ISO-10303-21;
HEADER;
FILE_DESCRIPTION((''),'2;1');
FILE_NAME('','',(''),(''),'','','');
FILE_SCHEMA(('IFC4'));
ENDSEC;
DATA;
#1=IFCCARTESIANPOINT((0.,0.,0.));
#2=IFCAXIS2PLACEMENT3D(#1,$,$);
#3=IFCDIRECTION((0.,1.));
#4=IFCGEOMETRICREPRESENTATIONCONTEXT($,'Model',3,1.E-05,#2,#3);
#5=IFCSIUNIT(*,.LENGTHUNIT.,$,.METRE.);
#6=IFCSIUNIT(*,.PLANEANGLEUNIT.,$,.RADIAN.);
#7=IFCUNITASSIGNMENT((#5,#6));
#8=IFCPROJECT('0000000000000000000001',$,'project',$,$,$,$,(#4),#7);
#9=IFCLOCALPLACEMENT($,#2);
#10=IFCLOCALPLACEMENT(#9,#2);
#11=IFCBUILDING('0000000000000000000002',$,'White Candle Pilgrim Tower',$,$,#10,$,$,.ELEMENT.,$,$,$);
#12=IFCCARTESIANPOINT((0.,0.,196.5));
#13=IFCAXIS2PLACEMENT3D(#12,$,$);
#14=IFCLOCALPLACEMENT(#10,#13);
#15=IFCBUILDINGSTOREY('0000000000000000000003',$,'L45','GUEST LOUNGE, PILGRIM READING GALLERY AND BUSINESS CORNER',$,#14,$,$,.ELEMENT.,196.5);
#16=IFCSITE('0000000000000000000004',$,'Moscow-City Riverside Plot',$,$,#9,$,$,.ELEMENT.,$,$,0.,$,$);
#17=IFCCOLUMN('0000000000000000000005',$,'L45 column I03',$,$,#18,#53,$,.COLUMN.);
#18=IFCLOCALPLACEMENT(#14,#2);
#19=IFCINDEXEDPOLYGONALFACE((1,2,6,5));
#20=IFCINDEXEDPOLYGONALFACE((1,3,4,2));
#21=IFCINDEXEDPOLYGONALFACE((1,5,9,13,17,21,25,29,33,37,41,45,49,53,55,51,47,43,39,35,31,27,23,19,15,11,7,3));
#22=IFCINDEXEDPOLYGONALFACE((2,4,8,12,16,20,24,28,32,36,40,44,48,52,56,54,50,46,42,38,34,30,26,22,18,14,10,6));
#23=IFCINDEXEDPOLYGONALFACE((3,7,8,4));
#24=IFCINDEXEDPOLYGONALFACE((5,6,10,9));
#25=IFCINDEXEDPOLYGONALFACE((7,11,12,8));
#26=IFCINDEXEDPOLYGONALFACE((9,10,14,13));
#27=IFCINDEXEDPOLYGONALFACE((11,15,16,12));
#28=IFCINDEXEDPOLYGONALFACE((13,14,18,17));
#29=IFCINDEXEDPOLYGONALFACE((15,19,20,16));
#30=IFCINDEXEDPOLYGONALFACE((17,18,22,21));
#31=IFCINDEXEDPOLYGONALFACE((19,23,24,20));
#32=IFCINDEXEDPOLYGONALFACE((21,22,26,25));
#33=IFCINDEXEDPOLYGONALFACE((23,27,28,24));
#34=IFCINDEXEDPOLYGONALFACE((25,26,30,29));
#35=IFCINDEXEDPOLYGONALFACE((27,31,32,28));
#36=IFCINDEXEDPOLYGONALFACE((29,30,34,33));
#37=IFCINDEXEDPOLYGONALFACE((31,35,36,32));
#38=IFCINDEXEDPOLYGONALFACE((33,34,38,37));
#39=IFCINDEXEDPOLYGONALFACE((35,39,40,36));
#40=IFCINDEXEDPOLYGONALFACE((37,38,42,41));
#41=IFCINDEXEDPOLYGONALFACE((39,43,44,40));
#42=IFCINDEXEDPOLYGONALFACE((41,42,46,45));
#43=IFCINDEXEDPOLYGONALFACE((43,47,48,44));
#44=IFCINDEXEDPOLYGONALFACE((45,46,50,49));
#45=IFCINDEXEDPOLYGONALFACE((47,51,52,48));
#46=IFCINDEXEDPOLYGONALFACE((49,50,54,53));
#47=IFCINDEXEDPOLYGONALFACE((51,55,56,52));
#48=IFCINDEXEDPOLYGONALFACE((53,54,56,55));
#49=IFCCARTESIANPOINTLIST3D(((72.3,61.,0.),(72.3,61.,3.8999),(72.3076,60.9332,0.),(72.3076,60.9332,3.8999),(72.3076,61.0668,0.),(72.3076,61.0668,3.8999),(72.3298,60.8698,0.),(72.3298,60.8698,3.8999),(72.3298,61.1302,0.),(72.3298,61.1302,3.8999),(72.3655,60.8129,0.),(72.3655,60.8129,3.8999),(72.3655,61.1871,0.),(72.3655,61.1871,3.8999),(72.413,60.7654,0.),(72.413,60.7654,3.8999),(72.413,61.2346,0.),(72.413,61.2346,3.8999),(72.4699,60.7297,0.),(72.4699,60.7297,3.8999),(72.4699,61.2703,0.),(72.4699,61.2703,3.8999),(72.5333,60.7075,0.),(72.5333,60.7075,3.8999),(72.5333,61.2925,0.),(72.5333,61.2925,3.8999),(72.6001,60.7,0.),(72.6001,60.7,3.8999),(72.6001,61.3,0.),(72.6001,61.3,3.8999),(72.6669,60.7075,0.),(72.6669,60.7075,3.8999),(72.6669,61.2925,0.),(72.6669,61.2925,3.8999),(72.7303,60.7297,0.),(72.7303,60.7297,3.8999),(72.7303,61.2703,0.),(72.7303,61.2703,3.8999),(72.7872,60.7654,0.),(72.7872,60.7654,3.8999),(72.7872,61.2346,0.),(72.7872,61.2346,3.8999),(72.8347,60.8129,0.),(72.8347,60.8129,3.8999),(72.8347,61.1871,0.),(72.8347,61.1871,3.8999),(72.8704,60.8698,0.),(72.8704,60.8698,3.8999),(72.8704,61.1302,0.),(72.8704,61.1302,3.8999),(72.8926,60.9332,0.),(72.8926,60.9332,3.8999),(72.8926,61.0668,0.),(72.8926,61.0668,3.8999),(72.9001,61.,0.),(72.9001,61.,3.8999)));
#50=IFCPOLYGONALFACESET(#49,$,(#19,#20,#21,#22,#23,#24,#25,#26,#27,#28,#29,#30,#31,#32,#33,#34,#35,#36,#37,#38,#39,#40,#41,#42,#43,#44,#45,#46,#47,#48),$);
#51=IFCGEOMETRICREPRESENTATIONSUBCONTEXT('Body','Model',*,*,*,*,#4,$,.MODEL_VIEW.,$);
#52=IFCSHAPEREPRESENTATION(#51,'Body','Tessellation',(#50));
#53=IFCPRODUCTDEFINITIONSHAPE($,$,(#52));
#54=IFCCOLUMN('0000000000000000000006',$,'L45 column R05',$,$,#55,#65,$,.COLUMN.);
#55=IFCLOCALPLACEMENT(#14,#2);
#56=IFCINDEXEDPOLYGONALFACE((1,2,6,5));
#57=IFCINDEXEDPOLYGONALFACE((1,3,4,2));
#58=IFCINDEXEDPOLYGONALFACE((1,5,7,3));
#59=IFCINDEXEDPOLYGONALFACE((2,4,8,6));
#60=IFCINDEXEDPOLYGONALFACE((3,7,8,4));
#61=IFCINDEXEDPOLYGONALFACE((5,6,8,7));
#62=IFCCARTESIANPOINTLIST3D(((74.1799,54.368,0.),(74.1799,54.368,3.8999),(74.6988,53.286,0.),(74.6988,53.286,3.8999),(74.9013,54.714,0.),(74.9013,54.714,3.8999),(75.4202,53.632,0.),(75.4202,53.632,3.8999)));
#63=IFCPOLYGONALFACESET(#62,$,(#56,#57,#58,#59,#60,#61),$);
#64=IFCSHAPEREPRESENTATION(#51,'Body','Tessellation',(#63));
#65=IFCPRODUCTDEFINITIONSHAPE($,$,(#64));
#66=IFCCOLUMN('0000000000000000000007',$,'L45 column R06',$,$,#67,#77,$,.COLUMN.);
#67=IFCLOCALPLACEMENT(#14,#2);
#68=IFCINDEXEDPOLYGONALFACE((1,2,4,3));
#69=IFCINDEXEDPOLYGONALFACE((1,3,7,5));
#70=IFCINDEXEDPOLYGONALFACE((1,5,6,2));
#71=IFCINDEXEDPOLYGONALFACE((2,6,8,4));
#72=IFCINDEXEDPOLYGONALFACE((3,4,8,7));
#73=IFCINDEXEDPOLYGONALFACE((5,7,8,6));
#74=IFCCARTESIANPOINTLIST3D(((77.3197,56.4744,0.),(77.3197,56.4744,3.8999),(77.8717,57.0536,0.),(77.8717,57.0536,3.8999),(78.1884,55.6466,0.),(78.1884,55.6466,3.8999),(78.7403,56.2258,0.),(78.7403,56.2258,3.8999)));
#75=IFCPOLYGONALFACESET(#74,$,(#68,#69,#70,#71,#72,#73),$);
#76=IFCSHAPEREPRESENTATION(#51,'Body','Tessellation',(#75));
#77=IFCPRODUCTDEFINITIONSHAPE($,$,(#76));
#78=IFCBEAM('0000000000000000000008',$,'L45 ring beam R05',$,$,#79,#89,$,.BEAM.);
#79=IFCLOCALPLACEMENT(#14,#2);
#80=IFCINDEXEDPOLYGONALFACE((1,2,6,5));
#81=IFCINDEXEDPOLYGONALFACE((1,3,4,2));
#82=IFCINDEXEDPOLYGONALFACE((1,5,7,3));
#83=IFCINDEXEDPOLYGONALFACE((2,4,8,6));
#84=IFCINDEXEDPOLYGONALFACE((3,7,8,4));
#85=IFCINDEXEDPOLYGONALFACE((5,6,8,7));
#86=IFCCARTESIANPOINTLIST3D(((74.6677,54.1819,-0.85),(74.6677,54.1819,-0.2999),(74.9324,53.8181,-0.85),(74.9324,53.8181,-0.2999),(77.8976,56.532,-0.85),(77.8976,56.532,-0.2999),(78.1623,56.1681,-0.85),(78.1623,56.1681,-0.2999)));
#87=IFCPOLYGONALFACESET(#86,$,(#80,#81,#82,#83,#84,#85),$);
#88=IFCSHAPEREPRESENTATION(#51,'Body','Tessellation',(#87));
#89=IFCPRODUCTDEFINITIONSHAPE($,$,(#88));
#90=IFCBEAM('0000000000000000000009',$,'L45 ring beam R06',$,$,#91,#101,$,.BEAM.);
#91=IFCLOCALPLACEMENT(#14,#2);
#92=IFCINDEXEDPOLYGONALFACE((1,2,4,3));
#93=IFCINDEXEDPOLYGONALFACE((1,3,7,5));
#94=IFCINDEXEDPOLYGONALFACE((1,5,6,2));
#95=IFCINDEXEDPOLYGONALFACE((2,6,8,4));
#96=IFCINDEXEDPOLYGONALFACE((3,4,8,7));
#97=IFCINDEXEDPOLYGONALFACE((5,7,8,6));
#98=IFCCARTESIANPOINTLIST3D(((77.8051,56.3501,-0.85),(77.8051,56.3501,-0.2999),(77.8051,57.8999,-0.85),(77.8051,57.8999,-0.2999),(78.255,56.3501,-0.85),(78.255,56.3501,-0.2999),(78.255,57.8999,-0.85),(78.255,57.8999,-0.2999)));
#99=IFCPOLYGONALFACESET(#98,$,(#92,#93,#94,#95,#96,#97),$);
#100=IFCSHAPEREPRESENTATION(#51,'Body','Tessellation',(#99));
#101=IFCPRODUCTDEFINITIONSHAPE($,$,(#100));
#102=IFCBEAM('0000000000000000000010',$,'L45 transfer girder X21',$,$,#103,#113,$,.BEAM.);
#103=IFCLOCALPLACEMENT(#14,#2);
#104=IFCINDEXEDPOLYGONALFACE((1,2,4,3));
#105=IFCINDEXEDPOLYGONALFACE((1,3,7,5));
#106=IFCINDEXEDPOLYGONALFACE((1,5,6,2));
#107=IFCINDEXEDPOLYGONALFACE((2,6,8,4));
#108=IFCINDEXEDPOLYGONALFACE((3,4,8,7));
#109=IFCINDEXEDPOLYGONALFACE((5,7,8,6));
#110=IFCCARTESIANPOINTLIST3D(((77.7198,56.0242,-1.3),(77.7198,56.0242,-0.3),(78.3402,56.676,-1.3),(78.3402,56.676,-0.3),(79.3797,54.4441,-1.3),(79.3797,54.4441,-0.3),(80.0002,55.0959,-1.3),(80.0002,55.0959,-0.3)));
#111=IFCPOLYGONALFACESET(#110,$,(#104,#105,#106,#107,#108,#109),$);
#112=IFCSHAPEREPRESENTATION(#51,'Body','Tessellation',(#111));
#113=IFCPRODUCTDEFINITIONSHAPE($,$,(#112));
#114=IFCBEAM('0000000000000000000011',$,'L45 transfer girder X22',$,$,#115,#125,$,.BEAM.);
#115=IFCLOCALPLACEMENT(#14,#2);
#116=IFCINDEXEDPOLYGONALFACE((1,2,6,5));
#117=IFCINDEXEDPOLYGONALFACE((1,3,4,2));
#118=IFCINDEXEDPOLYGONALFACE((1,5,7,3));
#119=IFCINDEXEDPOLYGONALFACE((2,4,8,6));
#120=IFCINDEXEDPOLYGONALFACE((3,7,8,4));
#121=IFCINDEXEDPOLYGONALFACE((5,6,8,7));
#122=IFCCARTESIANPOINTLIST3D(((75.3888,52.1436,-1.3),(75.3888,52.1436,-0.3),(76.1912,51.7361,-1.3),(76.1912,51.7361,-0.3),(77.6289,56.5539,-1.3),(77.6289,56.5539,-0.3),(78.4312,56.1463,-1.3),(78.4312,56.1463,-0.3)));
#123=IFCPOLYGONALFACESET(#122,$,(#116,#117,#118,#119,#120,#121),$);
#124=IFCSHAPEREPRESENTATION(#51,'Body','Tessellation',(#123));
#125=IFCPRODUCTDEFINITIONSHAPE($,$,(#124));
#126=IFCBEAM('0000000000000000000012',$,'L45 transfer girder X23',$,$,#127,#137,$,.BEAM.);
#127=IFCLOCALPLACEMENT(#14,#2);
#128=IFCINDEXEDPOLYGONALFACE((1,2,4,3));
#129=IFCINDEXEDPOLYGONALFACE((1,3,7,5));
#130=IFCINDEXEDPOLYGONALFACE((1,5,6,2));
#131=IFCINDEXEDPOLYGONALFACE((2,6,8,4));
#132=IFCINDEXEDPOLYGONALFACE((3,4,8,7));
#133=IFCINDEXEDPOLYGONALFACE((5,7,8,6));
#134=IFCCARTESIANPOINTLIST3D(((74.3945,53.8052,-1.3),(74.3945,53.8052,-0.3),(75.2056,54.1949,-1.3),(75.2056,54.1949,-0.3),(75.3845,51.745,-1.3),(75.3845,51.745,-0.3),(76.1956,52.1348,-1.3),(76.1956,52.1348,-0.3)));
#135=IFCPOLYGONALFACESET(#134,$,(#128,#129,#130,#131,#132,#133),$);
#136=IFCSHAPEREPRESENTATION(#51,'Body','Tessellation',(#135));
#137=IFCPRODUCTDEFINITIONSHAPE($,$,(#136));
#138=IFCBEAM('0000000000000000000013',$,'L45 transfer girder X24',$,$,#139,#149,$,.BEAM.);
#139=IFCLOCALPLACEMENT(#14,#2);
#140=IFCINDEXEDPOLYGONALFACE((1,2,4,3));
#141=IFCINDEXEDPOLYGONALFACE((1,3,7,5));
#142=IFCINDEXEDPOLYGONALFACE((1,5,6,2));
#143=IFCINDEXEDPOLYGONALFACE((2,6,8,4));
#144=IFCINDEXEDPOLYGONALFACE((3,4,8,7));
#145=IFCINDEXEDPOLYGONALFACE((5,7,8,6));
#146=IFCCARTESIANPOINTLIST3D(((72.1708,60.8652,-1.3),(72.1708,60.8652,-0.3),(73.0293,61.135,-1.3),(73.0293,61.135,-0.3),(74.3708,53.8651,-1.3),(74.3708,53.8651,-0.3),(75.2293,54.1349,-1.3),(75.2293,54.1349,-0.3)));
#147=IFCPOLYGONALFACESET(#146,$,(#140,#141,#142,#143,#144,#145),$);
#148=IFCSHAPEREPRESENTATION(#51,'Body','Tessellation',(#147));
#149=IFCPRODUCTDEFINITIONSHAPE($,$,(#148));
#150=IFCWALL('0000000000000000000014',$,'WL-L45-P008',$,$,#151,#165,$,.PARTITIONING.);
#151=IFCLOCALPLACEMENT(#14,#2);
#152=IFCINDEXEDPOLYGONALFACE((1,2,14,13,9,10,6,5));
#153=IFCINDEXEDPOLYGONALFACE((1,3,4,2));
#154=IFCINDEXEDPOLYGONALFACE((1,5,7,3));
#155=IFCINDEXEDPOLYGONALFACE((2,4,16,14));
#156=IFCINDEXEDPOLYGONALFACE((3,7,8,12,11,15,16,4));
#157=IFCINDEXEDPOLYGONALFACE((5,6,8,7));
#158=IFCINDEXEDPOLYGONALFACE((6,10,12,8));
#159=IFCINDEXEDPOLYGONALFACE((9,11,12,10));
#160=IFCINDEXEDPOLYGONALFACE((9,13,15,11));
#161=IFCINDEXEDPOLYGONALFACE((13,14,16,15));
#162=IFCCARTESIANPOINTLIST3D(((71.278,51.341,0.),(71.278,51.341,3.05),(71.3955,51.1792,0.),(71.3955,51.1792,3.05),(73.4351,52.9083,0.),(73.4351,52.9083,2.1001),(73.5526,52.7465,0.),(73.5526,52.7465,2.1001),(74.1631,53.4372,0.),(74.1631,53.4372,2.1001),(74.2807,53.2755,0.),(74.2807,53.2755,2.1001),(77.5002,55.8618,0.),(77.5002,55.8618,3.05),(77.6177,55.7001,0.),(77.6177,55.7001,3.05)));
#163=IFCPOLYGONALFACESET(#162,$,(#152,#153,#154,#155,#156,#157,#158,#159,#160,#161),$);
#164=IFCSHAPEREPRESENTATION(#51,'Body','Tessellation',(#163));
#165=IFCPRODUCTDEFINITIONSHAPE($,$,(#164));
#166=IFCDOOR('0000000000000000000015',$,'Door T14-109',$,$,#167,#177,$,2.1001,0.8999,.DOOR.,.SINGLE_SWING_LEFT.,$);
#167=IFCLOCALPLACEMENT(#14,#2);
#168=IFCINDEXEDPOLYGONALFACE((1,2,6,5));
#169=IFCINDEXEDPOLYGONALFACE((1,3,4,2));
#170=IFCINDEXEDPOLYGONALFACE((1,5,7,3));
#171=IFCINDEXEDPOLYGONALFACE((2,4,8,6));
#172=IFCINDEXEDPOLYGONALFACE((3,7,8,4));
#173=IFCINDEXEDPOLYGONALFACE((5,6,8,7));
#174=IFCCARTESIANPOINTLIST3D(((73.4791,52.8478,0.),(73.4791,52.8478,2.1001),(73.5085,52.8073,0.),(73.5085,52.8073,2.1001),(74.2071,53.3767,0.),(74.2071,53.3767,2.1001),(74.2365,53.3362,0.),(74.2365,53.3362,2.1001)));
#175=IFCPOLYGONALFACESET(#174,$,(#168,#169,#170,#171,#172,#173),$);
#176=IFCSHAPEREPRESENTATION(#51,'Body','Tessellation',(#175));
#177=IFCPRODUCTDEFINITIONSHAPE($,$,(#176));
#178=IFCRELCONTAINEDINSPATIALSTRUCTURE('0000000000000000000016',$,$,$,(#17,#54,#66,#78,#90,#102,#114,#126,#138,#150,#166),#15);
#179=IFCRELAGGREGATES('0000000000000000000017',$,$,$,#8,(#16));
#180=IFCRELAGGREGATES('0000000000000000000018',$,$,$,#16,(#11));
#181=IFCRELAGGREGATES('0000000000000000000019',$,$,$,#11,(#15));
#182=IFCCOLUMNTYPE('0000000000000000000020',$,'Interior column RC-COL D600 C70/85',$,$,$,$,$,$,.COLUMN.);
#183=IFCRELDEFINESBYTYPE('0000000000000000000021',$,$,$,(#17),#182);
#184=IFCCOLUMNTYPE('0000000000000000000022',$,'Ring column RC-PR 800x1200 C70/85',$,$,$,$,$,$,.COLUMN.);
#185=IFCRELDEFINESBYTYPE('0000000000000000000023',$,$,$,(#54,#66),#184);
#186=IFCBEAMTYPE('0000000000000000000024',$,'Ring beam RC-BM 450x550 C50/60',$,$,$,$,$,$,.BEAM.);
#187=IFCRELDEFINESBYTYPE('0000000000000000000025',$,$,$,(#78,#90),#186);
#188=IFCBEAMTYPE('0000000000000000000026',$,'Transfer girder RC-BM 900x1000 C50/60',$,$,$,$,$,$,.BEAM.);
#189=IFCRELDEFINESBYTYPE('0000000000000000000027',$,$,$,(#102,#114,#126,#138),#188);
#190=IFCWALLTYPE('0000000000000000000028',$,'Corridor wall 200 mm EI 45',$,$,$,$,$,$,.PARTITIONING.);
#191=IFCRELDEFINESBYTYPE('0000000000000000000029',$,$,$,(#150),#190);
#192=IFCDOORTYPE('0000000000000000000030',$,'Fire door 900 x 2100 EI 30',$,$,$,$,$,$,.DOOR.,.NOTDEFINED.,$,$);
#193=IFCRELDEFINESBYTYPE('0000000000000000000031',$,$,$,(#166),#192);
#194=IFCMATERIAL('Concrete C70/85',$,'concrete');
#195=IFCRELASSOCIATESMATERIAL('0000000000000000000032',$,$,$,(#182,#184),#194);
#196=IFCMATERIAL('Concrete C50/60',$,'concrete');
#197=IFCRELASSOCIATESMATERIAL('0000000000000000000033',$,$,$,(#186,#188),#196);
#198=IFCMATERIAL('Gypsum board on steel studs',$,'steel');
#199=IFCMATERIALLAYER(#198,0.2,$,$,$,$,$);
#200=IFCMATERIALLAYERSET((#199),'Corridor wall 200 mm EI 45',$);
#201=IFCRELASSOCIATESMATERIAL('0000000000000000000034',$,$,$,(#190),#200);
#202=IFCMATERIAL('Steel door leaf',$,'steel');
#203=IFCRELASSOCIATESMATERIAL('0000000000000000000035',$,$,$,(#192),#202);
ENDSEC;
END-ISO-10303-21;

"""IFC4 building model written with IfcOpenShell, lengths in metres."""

from ifc_helpers import new_model, si_unit, direction, frame, frame_2d, origin, origin_2d, place, context, subcontext, project, spatial, rectangle, circle, extrude, material, layer, layer_set, material_profile, profile_set, type_object, element, fill, save


model = new_model("IFC4")

# Units and contexts
model_context = context("Model", 3, precision=1e-05, world=origin(), true_north=direction((0.0, 1.0)))
body_context = subcontext(model_context, "Body", "Model", "MODEL_VIEW")
ifc_project = project(units=[si_unit("LENGTHUNIT", "METRE"), si_unit("PLANEANGLEUNIT", "RADIAN")], contexts=[model_context])

# Site, building, storey
site_placement = place(None, origin())
site = spatial("IfcSite", under=ifc_project, at=site_placement, Name="Moscow-City Riverside Plot", CompositionType="ELEMENT", RefElevation=0.0)
building_placement = place(site_placement, origin())
building = spatial("IfcBuilding", under=site, at=building_placement, Name="White Candle Pilgrim Tower", CompositionType="ELEMENT")
storey_placement = place(building_placement, frame((0.0, 0.0, 196.5)))
storey = spatial("IfcBuildingStorey", under=building, at=storey_placement, Name="L45", Description="GUEST LOUNGE, PILGRIM READING GALLERY AND BUSINESS CORNER", CompositionType="ELEMENT", Elevation=196.5)

# Columns
ifc_material_1 = material(Name="Concrete C70/85", Category="concrete")
ifc_material_profile_1 = material_profile(ifc_material_1, circle(Radius=0.3, at=origin_2d()), Name="RC-COL D600")
ifc_profile_set_1 = profile_set([ifc_material_profile_1], Name="Concrete C70/85")
column_type_1 = type_object("IfcColumnType", Name="Interior column RC-COL D600 C70/85", PredefinedType="COLUMN", material=ifc_profile_set_1)
column_placement = place(storey_placement, frame((72.6001, 61.0, 0.0), z_axis=(0.0, 0.0, 1.0), x_axis=(1.0, 0.0, 0.0)))
element("IfcColumn", 1, at=column_placement, inside=storey, type_object=column_type_1, Name="L45 column I03", PredefinedType="COLUMN", context=body_context, shape_type="SweptSolid", body=[
    extrude(circle(Radius=0.3, at=origin_2d()), origin(), (0.0, 0.0, 1.0), 3.8999),
])
ifc_material_profile_2 = material_profile(ifc_material_1, rectangle(XDim=0.8, YDim=1.2, at=origin_2d()), Name="RC-PR 800x1200")
ifc_profile_set_2 = profile_set([ifc_material_profile_2], Name="Concrete C70/85")
column_type_2 = type_object("IfcColumnType", Name="Ring column RC-PR 800x1200 C70/85", PredefinedType="COLUMN", material=ifc_profile_set_2)
for number, where, z_axis, x_axis, name in (
    (2, (74.8, 54.0, 0.0), (0.0, 0.0, 1.0), (-0.901689, -0.432385, 0.0), "L45 column R05"),
    (3, (78.03, 56.3501, 0.0), (0.0, 0.0, 1.0), (-0.689872, -0.723931, 0.0), "L45 column R06"),
):
    element("IfcColumn", number, at=place(storey_placement, frame(where, z_axis=z_axis, x_axis=x_axis)), inside=storey, type_object=column_type_2, Name=name, PredefinedType="COLUMN", context=body_context, shape_type="SweptSolid", body=[
        extrude(rectangle(XDim=0.8, YDim=1.2, at=origin_2d()), origin(), (0.0, 0.0, 1.0), 3.8999),
    ])

# Beams
ifc_material_2 = material(Name="Concrete C50/60", Category="concrete")
ifc_material_profile_3 = material_profile(ifc_material_2, rectangle(XDim=0.45, YDim=0.55, at=origin_2d()), Name="RC-BM 450x550")
ifc_profile_set_3 = profile_set([ifc_material_profile_3], Name="Concrete C50/60")
beam_type_1 = type_object("IfcBeamType", Name="Ring beam RC-BM 450x550 C50/60", PredefinedType="BEAM", material=ifc_profile_set_3)
beam_1_placement = place(storey_placement, frame((74.8, 54.0, -0.575), z_axis=(0.808614, 0.588339, 0.0), x_axis=(-0.588339, 0.808614, 0.0)))
element("IfcBeam", 4, at=beam_1_placement, inside=storey, type_object=beam_type_1, Name="L45 ring beam R05", PredefinedType="BEAM", context=body_context, shape_type="SweptSolid", body=[
    extrude(rectangle(XDim=0.45, YDim=0.55, at=origin_2d()), origin(), (0.0, 0.0, 1.0), 3.9944),
])
beam_2_placement = place(storey_placement, frame((78.03, 56.3501, -0.575), z_axis=(0.0, 1.0, 0.0), x_axis=(-1.0, 0.0, 0.0)))
element("IfcBeam", 5, at=beam_2_placement, inside=storey, type_object=beam_type_1, Name="L45 ring beam R06", PredefinedType="BEAM", context=body_context, shape_type="SweptSolid", body=[
    extrude(rectangle(XDim=0.45, YDim=0.55, at=origin_2d()), origin(), (0.0, 0.0, 1.0), 1.5498),
])
ifc_material_profile_4 = material_profile(ifc_material_2, rectangle(XDim=0.8999, YDim=1.0, at=origin_2d()), Name="RC-BM 900x1000")
ifc_profile_set_4 = profile_set([ifc_material_profile_4], Name="Concrete C50/60")
beam_type_2 = type_object("IfcBeamType", Name="Transfer girder RC-BM 900x1000 C50/60", PredefinedType="BEAM", material=ifc_profile_set_4)
beam_3_placement = place(storey_placement, frame((79.6899, 54.77, -0.8), z_axis=(-0.72431, 0.689474, 0.0), x_axis=(-0.689474, -0.72431, 0.0)))
element("IfcBeam", 6, at=beam_3_placement, inside=storey, type_object=beam_type_2, Name="L45 transfer girder X21", PredefinedType="BEAM", context=body_context, shape_type="SweptSolid", body=[
    extrude(rectangle(XDim=0.8999, YDim=1.0, at=origin_2d()), origin(), (0.0, 0.0, 1.0), 2.2917),
])
beam_4_placement = place(storey_placement, frame((78.03, 56.3501, -0.8), z_axis=(-0.452851, -0.891586, 0.0), x_axis=(0.891586, -0.452851, 0.0)))
element("IfcBeam", 7, at=beam_4_placement, inside=storey, type_object=beam_type_2, Name="L45 transfer girder X22", PredefinedType="BEAM", context=body_context, shape_type="SweptSolid", body=[
    extrude(rectangle(XDim=0.8999, YDim=1.0, at=origin_2d()), origin(), (0.0, 0.0, 1.0), 4.9465),
])
beam_5_placement = place(storey_placement, frame((75.79, 51.9399, -0.8), z_axis=(-0.433144, 0.901325, 0.0), x_axis=(-0.901325, -0.433144, 0.0)))
element("IfcBeam", 8, at=beam_5_placement, inside=storey, type_object=beam_type_2, Name="L45 transfer girder X23", PredefinedType="BEAM", context=body_context, shape_type="SweptSolid", body=[
    extrude(rectangle(XDim=0.8999, YDim=1.0, at=origin_2d()), origin(), (0.0, 0.0, 1.0), 2.2856),
])
beam_6_placement = place(storey_placement, frame((74.8, 54.0, -0.8), z_axis=(-0.299821, 0.953996, 0.0), x_axis=(-0.953996, -0.299821, 0.0)))
element("IfcBeam", 9, at=beam_6_placement, inside=storey, type_object=beam_type_2, Name="L45 transfer girder X24", PredefinedType="BEAM", context=body_context, shape_type="SweptSolid", body=[
    extrude(rectangle(XDim=0.8999, YDim=1.0, at=origin_2d()), origin(), (0.0, 0.0, 1.0), 7.3376),
])

# Wall, opening, door
ifc_material_3 = material(Name="Gypsum board on steel studs", Category="steel")
ifc_layer_1 = layer(ifc_material_3, 0.2)
ifc_layer_set_1 = layer_set([ifc_layer_1], Name="Corridor wall 200 mm EI 45")
wall_type_1 = type_object("IfcWallType", Name="Corridor wall 200 mm EI 45", PredefinedType="PARTITIONING", material=ifc_layer_set_1)
wall_1_placement = place(storey_placement, frame((77.5591, 55.781, 0.0), z_axis=(0.0, 0.0, 1.0), x_axis=(-0.809012, -0.587792, 0.0)))
wall_1 = element("IfcWall", 10, at=wall_1_placement, inside=storey, type_object=wall_type_1, Name="WL-L45-P008", PredefinedType="PARTITIONING", context=body_context, shape_type="SweptSolid", body=[
    extrude(rectangle(XDim=7.6912, YDim=0.2, at=frame_2d((3.8457, 0.0))), origin(), (0.0, 0.0, 1.0), 3.05),
])
opening_1_placement = place(wall_1_placement, frame((4.125, 0.0, 0.0)))
opening_1 = element("IfcOpeningElement", 11, at=opening_1_placement, cuts=wall_1, PredefinedType="OPENING", context=body_context, shape_type="SweptSolid", body=[
    extrude(rectangle(XDim=0.8999, YDim=2.1001, at=frame_2d((0.45, 1.05))), frame((0.0, 0.1099, 0.0), z_axis=(0.0, -1.0, 0.0), x_axis=(1.0, 0.0, 0.0)), (0.0, 0.0, 1.0), 0.22),
])
ifc_material_4 = material(Name="Steel door leaf", Category="steel")
door_type_1 = type_object("IfcDoorType", Name="Fire door 900 x 2100 EI 30", OperationType="NOTDEFINED", PredefinedType="DOOR", material=ifc_material_4)
door_1_placement = place(opening_1_placement, origin())
door_1 = element("IfcDoor", 12, at=door_1_placement, inside=storey, type_object=door_type_1, Name="Door T14-109", OperationType="SINGLE_SWING_LEFT", OverallHeight=2.1001, OverallWidth=0.8999, PredefinedType="DOOR", context=body_context, shape_type="SweptSolid", body=[
    extrude(rectangle(XDim=0.8999, YDim=2.1001, at=frame_2d((0.45, 1.05))), frame((0.0, 0.0249, 0.0), z_axis=(0.0, -1.0, 0.0), x_axis=(1.0, 0.0, 0.0)), (0.0, 0.0, 1.0), 0.05),
])
fill(opening_1, door_1)

save(model, "model.ifc")
